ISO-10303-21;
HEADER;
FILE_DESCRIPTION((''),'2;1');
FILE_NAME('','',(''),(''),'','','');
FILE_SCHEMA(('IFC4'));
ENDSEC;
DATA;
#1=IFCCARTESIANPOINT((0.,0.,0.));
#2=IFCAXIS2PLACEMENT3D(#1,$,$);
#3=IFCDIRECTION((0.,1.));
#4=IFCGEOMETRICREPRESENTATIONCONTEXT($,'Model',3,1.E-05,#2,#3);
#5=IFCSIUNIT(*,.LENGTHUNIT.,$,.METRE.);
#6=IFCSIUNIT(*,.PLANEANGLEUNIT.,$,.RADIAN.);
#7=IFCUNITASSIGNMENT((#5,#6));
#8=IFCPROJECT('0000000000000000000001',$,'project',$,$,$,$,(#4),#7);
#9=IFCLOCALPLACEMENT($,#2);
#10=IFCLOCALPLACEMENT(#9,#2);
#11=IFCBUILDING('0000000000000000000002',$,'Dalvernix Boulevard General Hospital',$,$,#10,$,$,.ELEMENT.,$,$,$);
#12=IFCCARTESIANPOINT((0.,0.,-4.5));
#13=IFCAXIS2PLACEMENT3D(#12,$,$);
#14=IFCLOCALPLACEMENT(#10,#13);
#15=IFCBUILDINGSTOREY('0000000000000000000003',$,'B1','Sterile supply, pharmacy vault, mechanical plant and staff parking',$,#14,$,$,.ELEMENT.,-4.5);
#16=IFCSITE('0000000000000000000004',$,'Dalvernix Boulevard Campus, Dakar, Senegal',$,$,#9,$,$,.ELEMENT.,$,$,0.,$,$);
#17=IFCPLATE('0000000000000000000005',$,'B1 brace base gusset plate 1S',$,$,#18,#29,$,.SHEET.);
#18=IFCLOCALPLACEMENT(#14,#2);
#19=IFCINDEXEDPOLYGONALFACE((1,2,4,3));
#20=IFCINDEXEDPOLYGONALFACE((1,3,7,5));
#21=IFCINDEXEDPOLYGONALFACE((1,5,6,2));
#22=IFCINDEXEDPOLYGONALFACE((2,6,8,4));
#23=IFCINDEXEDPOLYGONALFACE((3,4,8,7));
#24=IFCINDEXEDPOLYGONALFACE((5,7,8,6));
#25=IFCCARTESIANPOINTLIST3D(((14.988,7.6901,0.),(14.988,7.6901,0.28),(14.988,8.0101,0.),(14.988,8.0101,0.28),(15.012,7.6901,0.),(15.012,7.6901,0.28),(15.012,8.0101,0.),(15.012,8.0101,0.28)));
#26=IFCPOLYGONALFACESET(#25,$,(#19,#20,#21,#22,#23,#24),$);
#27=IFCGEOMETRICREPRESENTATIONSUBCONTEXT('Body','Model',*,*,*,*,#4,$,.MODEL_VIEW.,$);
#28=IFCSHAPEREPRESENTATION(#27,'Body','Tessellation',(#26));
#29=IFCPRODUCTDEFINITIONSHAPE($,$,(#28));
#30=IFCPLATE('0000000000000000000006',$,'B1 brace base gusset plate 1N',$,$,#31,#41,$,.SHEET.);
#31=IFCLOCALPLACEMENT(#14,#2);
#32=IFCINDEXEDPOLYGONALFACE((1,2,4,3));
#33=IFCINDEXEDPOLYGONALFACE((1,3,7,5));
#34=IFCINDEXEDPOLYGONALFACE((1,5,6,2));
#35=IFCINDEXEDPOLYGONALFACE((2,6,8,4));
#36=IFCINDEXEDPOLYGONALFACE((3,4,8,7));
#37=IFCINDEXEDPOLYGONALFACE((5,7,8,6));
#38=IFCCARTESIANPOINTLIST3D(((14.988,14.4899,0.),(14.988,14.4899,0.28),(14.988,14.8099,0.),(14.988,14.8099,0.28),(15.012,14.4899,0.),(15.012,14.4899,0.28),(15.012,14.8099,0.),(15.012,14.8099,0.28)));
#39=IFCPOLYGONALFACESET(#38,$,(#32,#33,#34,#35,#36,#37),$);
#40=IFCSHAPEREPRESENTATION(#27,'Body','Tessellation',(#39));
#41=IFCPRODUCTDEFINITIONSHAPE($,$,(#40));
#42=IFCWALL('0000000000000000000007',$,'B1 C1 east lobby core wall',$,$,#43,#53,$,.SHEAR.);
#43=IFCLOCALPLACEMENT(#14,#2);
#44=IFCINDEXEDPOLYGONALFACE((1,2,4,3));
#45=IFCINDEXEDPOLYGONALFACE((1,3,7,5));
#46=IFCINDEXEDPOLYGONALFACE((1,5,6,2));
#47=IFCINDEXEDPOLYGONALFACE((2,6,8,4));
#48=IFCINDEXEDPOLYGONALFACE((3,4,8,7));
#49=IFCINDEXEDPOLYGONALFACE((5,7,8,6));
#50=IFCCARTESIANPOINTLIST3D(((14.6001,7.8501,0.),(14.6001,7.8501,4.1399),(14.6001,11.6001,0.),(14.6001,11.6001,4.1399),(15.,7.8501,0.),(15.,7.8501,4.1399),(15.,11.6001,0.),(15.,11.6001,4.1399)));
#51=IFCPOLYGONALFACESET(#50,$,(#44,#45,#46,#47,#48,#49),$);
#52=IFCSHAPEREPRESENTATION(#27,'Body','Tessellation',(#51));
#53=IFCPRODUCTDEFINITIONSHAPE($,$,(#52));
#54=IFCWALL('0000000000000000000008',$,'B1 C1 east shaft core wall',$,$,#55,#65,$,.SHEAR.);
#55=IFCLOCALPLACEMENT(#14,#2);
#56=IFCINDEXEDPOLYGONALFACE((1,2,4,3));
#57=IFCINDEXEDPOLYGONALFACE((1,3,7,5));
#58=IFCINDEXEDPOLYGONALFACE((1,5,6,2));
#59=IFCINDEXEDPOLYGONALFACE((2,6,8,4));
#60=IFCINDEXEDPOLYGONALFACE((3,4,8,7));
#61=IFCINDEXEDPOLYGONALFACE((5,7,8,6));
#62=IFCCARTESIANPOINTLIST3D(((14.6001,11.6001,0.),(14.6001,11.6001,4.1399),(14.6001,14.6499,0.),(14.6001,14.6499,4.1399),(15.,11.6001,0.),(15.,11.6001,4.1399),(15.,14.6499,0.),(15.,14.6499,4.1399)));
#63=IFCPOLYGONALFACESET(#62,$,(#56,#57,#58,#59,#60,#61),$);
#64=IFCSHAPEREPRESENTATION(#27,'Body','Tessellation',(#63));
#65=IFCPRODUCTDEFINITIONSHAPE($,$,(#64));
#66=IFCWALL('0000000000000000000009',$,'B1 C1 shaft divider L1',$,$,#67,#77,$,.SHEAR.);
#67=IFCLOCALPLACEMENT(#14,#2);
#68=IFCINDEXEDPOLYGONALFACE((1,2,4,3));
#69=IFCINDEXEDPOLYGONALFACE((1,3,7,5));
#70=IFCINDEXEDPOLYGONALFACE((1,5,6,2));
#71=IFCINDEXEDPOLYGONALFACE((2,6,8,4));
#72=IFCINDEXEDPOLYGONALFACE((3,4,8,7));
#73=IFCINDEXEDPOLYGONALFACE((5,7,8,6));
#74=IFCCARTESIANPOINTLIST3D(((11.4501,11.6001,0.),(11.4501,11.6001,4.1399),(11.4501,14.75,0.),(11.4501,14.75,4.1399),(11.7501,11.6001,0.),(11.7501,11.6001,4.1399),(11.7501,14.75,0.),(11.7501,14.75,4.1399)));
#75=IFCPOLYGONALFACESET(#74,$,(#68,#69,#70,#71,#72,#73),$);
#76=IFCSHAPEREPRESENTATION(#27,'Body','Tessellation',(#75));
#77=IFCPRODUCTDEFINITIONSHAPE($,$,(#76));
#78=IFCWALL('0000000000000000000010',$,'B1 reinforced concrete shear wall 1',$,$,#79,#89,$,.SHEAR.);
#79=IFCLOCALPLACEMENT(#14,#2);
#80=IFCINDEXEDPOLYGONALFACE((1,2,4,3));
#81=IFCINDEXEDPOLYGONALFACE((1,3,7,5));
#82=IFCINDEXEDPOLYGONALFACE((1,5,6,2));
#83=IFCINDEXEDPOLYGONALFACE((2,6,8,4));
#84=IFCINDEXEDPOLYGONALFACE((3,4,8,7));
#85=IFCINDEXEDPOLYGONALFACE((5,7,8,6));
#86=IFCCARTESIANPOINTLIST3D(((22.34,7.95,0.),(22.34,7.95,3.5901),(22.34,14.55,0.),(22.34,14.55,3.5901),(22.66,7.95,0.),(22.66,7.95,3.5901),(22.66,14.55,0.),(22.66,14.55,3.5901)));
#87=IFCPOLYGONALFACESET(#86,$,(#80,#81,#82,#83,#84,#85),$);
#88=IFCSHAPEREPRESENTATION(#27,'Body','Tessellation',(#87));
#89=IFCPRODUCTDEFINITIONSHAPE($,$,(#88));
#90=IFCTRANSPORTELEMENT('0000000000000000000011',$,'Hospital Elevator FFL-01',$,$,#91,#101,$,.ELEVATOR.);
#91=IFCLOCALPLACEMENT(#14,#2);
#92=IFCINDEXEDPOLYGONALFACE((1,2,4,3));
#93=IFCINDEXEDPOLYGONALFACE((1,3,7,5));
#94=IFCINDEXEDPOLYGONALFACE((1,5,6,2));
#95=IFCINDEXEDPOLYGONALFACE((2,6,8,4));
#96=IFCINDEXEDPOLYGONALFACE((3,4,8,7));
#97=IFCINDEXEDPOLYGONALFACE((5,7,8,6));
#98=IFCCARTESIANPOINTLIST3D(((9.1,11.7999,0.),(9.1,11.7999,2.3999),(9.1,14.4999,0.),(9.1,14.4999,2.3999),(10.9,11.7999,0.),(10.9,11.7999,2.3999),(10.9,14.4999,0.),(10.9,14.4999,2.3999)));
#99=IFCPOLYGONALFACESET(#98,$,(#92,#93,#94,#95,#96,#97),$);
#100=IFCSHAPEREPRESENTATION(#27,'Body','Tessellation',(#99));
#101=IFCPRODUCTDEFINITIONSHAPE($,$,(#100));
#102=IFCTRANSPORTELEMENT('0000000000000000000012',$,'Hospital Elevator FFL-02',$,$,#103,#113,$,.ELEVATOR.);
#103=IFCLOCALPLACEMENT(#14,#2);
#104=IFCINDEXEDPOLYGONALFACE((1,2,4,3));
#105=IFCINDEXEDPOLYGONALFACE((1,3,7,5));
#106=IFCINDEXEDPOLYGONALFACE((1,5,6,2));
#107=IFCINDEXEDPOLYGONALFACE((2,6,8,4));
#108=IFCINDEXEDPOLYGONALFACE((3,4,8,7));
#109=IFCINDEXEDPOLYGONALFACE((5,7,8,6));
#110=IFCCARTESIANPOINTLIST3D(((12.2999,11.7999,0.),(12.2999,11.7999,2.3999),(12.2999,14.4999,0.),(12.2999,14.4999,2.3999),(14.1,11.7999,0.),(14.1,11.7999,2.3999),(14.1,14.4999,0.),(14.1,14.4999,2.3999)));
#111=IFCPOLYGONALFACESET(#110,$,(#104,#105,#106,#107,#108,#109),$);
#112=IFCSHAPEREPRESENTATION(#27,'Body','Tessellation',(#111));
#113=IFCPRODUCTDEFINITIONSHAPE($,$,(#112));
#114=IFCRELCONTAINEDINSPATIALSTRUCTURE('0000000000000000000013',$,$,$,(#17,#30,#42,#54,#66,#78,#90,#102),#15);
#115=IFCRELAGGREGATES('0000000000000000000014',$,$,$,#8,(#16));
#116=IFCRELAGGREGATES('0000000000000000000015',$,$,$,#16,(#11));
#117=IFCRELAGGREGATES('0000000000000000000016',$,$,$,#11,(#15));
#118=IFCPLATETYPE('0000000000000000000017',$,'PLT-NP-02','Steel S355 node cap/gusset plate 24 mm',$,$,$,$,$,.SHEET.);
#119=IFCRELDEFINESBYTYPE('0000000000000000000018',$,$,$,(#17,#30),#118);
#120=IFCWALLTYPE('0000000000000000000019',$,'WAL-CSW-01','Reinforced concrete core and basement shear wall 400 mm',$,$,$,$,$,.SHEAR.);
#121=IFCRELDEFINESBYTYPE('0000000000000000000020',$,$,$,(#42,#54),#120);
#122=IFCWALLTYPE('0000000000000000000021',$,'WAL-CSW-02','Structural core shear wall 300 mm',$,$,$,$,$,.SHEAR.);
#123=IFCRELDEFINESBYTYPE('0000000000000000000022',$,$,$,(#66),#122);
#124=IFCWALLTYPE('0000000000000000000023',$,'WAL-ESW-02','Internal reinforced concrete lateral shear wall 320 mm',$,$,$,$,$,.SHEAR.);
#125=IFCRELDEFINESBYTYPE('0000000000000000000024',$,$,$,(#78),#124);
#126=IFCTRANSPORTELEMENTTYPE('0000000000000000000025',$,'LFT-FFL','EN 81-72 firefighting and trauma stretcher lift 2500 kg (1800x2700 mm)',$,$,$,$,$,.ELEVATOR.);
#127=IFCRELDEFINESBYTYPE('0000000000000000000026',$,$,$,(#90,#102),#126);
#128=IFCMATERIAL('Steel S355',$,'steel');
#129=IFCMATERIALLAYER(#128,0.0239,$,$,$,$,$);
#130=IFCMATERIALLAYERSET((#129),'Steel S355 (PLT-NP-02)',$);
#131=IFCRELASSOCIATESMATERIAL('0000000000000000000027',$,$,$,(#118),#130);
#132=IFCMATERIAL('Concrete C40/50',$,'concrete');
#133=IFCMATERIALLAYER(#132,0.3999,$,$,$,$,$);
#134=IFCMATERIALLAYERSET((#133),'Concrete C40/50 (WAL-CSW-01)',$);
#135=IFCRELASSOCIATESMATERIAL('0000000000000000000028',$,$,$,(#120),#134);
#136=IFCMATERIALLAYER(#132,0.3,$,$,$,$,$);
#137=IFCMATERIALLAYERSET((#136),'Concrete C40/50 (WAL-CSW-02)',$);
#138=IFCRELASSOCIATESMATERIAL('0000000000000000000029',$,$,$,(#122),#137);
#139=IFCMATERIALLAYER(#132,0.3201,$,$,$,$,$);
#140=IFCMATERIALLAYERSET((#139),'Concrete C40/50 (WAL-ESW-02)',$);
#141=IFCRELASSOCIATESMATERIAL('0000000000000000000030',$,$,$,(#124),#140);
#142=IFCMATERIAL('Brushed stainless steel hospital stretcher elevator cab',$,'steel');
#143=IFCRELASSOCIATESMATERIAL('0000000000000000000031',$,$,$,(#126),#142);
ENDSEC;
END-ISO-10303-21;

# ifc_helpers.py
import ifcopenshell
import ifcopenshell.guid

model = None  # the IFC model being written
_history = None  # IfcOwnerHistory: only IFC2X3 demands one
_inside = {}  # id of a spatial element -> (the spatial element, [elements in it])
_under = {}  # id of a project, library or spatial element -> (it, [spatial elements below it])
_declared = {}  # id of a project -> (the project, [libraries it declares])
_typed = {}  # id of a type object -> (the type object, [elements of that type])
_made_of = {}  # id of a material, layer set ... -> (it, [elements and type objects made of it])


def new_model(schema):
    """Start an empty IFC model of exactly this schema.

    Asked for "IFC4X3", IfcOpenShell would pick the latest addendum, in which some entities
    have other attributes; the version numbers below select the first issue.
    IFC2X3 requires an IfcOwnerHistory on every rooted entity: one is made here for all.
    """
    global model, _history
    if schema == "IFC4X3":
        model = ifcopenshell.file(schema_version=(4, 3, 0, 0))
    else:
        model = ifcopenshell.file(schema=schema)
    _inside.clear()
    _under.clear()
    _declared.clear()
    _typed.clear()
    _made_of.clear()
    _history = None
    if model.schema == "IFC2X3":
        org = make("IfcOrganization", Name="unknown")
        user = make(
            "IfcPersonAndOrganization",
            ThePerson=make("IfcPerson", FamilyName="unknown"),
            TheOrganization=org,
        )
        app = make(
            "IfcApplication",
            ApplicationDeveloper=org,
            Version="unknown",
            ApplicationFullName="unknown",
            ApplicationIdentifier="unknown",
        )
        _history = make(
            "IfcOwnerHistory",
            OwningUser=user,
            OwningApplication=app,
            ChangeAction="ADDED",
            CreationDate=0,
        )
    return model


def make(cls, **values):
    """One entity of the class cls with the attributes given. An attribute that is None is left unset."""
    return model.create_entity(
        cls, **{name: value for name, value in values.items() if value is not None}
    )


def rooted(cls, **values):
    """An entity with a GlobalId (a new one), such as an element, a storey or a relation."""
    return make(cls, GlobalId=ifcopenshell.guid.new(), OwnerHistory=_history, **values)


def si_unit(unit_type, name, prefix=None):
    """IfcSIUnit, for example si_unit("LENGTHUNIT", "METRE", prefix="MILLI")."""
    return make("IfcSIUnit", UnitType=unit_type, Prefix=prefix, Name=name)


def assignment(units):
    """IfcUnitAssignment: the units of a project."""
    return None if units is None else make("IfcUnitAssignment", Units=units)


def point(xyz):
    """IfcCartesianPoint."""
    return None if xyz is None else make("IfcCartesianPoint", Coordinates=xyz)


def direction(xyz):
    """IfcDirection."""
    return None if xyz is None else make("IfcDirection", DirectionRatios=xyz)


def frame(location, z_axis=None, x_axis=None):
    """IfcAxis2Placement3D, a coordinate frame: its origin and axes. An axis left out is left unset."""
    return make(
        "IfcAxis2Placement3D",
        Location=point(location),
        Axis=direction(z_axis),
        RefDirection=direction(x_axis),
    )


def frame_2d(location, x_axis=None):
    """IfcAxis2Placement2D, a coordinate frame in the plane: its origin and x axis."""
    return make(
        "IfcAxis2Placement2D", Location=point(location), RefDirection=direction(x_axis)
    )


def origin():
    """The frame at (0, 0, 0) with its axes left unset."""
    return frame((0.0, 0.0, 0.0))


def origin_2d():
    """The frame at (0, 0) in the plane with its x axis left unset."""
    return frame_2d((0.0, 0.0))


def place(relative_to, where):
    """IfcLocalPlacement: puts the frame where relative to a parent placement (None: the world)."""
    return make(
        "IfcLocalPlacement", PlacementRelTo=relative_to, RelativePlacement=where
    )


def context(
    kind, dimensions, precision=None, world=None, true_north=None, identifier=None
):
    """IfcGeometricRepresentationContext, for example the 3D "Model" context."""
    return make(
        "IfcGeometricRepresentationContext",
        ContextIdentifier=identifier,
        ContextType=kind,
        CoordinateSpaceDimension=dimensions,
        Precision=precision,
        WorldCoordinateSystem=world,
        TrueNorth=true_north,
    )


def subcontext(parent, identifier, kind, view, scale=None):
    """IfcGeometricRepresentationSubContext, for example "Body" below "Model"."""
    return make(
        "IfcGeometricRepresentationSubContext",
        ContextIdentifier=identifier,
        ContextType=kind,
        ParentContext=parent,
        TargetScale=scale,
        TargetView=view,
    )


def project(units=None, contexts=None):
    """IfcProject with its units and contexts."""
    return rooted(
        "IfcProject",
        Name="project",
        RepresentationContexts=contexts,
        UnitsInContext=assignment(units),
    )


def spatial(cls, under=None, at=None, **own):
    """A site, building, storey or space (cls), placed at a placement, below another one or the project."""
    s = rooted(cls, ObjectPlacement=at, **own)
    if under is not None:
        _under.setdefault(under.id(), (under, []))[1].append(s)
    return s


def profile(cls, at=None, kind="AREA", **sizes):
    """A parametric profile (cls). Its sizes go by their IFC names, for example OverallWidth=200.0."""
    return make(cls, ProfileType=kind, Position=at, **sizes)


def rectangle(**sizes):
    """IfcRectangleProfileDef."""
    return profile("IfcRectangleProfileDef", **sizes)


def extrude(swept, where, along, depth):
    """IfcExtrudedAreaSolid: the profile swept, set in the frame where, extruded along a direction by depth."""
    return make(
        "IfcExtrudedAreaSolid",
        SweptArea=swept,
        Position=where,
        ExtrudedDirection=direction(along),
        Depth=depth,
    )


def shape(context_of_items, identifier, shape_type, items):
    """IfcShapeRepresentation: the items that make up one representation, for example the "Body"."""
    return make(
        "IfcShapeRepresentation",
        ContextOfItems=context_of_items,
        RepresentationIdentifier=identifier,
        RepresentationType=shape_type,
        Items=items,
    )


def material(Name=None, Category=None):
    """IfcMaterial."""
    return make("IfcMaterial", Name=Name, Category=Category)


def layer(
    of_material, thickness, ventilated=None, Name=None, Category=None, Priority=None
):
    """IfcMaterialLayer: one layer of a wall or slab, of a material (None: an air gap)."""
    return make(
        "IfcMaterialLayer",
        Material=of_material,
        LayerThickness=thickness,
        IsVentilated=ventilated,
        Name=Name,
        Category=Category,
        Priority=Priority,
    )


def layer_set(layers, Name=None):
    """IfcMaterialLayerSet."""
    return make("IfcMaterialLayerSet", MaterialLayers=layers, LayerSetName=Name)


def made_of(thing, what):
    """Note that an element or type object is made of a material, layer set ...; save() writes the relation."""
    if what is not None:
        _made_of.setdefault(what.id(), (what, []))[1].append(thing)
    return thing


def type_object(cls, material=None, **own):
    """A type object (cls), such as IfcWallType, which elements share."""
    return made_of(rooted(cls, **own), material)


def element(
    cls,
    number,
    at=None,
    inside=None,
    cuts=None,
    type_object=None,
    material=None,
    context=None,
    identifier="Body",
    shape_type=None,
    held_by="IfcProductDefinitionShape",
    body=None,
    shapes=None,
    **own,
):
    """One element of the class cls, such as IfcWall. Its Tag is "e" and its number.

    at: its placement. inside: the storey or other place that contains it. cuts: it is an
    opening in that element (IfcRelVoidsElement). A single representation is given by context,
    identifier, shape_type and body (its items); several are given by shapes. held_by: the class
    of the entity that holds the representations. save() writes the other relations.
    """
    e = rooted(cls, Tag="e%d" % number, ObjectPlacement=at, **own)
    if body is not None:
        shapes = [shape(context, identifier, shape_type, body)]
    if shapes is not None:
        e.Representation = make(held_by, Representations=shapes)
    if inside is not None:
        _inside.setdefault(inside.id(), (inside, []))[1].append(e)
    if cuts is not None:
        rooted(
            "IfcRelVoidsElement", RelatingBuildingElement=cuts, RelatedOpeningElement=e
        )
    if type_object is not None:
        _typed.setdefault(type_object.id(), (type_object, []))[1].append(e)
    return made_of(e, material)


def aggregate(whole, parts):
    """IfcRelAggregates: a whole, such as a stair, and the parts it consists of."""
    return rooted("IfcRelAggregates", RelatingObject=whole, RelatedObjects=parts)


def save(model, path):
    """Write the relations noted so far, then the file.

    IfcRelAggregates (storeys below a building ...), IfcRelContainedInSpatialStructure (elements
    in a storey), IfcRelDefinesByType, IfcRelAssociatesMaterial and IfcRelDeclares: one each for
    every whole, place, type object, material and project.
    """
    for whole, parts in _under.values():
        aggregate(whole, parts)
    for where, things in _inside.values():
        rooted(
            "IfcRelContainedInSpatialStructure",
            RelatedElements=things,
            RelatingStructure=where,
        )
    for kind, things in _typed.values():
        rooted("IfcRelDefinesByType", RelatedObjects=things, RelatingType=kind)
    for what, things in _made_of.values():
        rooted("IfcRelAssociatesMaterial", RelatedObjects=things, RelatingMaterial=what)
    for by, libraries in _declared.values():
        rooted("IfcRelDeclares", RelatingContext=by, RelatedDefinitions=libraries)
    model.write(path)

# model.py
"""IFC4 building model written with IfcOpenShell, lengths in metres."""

from ifc_helpers import new_model, si_unit, direction, frame, frame_2d, origin, origin_2d, place, context, subcontext, project, spatial, rectangle, extrude, material, layer, layer_set, type_object, element, save


model = new_model("IFC4")

# Units and contexts
model_context = context("Model", 3, precision=1e-05, world=origin(), true_north=direction((0.0, 1.0)))
body_context = subcontext(model_context, "Body", "Model", "MODEL_VIEW")
ifc_project = project(units=[si_unit("LENGTHUNIT", "METRE"), si_unit("PLANEANGLEUNIT", "RADIAN")], contexts=[model_context])

# Site, building, storey
site_placement = place(None, origin())
site = spatial("IfcSite", under=ifc_project, at=site_placement, Name="Dalvernix Boulevard Campus, Dakar, Senegal", CompositionType="ELEMENT", RefElevation=0.0)
building_placement = place(site_placement, origin())
building = spatial("IfcBuilding", under=site, at=building_placement, Name="Dalvernix Boulevard General Hospital", CompositionType="ELEMENT")
storey_placement = place(building_placement, frame((0.0, 0.0, -4.5)))
storey = spatial("IfcBuildingStorey", under=building, at=storey_placement, Name="B1", Description="Sterile supply, pharmacy vault, mechanical plant and staff parking", CompositionType="ELEMENT", Elevation=-4.5)

# Shared definitions
ifc_material_1 = material(Name="Concrete C40/50", Category="concrete")

# Shared definitions
ifc_material_2 = material(Name="Steel S355", Category="steel")

# Plates
ifc_layer_1 = layer(ifc_material_2, 0.0239)
ifc_layer_set_1 = layer_set([ifc_layer_1], Name="Steel S355 (PLT-NP-02)")
plate_type = type_object("IfcPlateType", Name="PLT-NP-02", Description="Steel S355 node cap/gusset plate 24 mm", PredefinedType="SHEET", material=ifc_layer_set_1)
for number, where, z_axis, x_axis, name in (
    (1, (15.0, 7.8501, 0.0), (0.0, 0.0, 1.0), (0.0, 1.0, 0.0), "B1 brace base gusset plate 1S"),
    (2, (15.0, 14.6499, 0.0), (0.0, 0.0, 1.0), (0.0, 1.0, 0.0), "B1 brace base gusset plate 1N"),
):
    element("IfcPlate", number, at=place(storey_placement, frame(where, z_axis=z_axis, x_axis=x_axis)), inside=storey, type_object=plate_type, Name=name, PredefinedType="SHEET", context=body_context, shape_type="SweptSolid", body=[
        extrude(rectangle(XDim=0.3201, YDim=0.0239, at=origin_2d()), origin(), (0.0, 0.0, 1.0), 0.28),
    ])

# Walls
ifc_layer_2 = layer(ifc_material_1, 0.3999)
ifc_layer_set_2 = layer_set([ifc_layer_2], Name="Concrete C40/50 (WAL-CSW-01)")
wall_type_1 = type_object("IfcWallType", Name="WAL-CSW-01", Description="Reinforced concrete core and basement shear wall 400 mm", PredefinedType="SHEAR", material=ifc_layer_set_2)
wall_1_placement = place(storey_placement, frame((14.8, 7.8501, 0.0), z_axis=(0.0, 0.0, 1.0), x_axis=(0.0, 1.0, 0.0)))
element("IfcWall", 3, at=wall_1_placement, inside=storey, type_object=wall_type_1, Name="B1 C1 east lobby core wall", PredefinedType="SHEAR", context=body_context, shape_type="SweptSolid", body=[
    extrude(rectangle(XDim=3.75, YDim=0.3999, at=frame_2d((1.875, 0.0))), origin(), (0.0, 0.0, 1.0), 4.1399),
])
wall_2_placement = place(storey_placement, frame((14.8, 11.6001, 0.0), z_axis=(0.0, 0.0, 1.0), x_axis=(0.0, 1.0, 0.0)))
element("IfcWall", 4, at=wall_2_placement, inside=storey, type_object=wall_type_1, Name="B1 C1 east shaft core wall", PredefinedType="SHEAR", context=body_context, shape_type="SweptSolid", body=[
    extrude(rectangle(XDim=3.0498, YDim=0.3999, at=frame_2d((1.5249, 0.0))), origin(), (0.0, 0.0, 1.0), 4.1399),
])
ifc_layer_3 = layer(ifc_material_1, 0.3)
ifc_layer_set_3 = layer_set([ifc_layer_3], Name="Concrete C40/50 (WAL-CSW-02)")
wall_type_2 = type_object("IfcWallType", Name="WAL-CSW-02", Description="Structural core shear wall 300 mm", PredefinedType="SHEAR", material=ifc_layer_set_3)
wall_3_placement = place(storey_placement, frame((11.6001, 11.6001, 0.0), z_axis=(0.0, 0.0, 1.0), x_axis=(0.0, 1.0, 0.0)))
element("IfcWall", 5, at=wall_3_placement, inside=storey, type_object=wall_type_2, Name="B1 C1 shaft divider L1", PredefinedType="SHEAR", context=body_context, shape_type="SweptSolid", body=[
    extrude(rectangle(XDim=3.1499, YDim=0.3, at=frame_2d((1.575, 0.0))), origin(), (0.0, 0.0, 1.0), 4.1399),
])
ifc_layer_4 = layer(ifc_material_1, 0.3201)
ifc_layer_set_4 = layer_set([ifc_layer_4], Name="Concrete C40/50 (WAL-ESW-02)")
wall_type_3 = type_object("IfcWallType", Name="WAL-ESW-02", Description="Internal reinforced concrete lateral shear wall 320 mm", PredefinedType="SHEAR", material=ifc_layer_set_4)
wall_4_placement = place(storey_placement, frame((22.5, 7.95, 0.0), z_axis=(0.0, 0.0, 1.0), x_axis=(0.0, 1.0, 0.0)))
element("IfcWall", 6, at=wall_4_placement, inside=storey, type_object=wall_type_3, Name="B1 reinforced concrete shear wall 1", PredefinedType="SHEAR", context=body_context, shape_type="SweptSolid", body=[
    extrude(rectangle(XDim=6.6001, YDim=0.3201, at=frame_2d((3.3, 0.0))), origin(), (0.0, 0.0, 1.0), 3.5901),
])

# Transport elements
ifc_material_3 = material(Name="Brushed stainless steel hospital stretcher elevator cab", Category="steel")
transport_element_type = type_object("IfcTransportElementType", Name="LFT-FFL", Description="EN 81-72 firefighting and trauma stretcher lift 2500 kg (1800x2700 mm)", PredefinedType="ELEVATOR", material=ifc_material_3)
for number, where, z_axis, x_axis, name in (
    (7, (10.0, 13.1499, 0.0), (0.0, 0.0, 1.0), (1.0, 0.0, 0.0), "Hospital Elevator FFL-01"),
    (8, (13.2, 13.1499, 0.0), (0.0, 0.0, 1.0), (1.0, 0.0, 0.0), "Hospital Elevator FFL-02"),
):
    element("IfcTransportElement", number, at=place(storey_placement, frame(where, z_axis=z_axis, x_axis=x_axis)), inside=storey, type_object=transport_element_type, Name=name, PredefinedType="ELEVATOR", context=body_context, shape_type="SweptSolid", body=[
        extrude(rectangle(XDim=1.8, YDim=2.7, at=origin_2d()), origin(), (0.0, 0.0, 1.0), 2.3999),
    ])

save(model, "model.ifc")
